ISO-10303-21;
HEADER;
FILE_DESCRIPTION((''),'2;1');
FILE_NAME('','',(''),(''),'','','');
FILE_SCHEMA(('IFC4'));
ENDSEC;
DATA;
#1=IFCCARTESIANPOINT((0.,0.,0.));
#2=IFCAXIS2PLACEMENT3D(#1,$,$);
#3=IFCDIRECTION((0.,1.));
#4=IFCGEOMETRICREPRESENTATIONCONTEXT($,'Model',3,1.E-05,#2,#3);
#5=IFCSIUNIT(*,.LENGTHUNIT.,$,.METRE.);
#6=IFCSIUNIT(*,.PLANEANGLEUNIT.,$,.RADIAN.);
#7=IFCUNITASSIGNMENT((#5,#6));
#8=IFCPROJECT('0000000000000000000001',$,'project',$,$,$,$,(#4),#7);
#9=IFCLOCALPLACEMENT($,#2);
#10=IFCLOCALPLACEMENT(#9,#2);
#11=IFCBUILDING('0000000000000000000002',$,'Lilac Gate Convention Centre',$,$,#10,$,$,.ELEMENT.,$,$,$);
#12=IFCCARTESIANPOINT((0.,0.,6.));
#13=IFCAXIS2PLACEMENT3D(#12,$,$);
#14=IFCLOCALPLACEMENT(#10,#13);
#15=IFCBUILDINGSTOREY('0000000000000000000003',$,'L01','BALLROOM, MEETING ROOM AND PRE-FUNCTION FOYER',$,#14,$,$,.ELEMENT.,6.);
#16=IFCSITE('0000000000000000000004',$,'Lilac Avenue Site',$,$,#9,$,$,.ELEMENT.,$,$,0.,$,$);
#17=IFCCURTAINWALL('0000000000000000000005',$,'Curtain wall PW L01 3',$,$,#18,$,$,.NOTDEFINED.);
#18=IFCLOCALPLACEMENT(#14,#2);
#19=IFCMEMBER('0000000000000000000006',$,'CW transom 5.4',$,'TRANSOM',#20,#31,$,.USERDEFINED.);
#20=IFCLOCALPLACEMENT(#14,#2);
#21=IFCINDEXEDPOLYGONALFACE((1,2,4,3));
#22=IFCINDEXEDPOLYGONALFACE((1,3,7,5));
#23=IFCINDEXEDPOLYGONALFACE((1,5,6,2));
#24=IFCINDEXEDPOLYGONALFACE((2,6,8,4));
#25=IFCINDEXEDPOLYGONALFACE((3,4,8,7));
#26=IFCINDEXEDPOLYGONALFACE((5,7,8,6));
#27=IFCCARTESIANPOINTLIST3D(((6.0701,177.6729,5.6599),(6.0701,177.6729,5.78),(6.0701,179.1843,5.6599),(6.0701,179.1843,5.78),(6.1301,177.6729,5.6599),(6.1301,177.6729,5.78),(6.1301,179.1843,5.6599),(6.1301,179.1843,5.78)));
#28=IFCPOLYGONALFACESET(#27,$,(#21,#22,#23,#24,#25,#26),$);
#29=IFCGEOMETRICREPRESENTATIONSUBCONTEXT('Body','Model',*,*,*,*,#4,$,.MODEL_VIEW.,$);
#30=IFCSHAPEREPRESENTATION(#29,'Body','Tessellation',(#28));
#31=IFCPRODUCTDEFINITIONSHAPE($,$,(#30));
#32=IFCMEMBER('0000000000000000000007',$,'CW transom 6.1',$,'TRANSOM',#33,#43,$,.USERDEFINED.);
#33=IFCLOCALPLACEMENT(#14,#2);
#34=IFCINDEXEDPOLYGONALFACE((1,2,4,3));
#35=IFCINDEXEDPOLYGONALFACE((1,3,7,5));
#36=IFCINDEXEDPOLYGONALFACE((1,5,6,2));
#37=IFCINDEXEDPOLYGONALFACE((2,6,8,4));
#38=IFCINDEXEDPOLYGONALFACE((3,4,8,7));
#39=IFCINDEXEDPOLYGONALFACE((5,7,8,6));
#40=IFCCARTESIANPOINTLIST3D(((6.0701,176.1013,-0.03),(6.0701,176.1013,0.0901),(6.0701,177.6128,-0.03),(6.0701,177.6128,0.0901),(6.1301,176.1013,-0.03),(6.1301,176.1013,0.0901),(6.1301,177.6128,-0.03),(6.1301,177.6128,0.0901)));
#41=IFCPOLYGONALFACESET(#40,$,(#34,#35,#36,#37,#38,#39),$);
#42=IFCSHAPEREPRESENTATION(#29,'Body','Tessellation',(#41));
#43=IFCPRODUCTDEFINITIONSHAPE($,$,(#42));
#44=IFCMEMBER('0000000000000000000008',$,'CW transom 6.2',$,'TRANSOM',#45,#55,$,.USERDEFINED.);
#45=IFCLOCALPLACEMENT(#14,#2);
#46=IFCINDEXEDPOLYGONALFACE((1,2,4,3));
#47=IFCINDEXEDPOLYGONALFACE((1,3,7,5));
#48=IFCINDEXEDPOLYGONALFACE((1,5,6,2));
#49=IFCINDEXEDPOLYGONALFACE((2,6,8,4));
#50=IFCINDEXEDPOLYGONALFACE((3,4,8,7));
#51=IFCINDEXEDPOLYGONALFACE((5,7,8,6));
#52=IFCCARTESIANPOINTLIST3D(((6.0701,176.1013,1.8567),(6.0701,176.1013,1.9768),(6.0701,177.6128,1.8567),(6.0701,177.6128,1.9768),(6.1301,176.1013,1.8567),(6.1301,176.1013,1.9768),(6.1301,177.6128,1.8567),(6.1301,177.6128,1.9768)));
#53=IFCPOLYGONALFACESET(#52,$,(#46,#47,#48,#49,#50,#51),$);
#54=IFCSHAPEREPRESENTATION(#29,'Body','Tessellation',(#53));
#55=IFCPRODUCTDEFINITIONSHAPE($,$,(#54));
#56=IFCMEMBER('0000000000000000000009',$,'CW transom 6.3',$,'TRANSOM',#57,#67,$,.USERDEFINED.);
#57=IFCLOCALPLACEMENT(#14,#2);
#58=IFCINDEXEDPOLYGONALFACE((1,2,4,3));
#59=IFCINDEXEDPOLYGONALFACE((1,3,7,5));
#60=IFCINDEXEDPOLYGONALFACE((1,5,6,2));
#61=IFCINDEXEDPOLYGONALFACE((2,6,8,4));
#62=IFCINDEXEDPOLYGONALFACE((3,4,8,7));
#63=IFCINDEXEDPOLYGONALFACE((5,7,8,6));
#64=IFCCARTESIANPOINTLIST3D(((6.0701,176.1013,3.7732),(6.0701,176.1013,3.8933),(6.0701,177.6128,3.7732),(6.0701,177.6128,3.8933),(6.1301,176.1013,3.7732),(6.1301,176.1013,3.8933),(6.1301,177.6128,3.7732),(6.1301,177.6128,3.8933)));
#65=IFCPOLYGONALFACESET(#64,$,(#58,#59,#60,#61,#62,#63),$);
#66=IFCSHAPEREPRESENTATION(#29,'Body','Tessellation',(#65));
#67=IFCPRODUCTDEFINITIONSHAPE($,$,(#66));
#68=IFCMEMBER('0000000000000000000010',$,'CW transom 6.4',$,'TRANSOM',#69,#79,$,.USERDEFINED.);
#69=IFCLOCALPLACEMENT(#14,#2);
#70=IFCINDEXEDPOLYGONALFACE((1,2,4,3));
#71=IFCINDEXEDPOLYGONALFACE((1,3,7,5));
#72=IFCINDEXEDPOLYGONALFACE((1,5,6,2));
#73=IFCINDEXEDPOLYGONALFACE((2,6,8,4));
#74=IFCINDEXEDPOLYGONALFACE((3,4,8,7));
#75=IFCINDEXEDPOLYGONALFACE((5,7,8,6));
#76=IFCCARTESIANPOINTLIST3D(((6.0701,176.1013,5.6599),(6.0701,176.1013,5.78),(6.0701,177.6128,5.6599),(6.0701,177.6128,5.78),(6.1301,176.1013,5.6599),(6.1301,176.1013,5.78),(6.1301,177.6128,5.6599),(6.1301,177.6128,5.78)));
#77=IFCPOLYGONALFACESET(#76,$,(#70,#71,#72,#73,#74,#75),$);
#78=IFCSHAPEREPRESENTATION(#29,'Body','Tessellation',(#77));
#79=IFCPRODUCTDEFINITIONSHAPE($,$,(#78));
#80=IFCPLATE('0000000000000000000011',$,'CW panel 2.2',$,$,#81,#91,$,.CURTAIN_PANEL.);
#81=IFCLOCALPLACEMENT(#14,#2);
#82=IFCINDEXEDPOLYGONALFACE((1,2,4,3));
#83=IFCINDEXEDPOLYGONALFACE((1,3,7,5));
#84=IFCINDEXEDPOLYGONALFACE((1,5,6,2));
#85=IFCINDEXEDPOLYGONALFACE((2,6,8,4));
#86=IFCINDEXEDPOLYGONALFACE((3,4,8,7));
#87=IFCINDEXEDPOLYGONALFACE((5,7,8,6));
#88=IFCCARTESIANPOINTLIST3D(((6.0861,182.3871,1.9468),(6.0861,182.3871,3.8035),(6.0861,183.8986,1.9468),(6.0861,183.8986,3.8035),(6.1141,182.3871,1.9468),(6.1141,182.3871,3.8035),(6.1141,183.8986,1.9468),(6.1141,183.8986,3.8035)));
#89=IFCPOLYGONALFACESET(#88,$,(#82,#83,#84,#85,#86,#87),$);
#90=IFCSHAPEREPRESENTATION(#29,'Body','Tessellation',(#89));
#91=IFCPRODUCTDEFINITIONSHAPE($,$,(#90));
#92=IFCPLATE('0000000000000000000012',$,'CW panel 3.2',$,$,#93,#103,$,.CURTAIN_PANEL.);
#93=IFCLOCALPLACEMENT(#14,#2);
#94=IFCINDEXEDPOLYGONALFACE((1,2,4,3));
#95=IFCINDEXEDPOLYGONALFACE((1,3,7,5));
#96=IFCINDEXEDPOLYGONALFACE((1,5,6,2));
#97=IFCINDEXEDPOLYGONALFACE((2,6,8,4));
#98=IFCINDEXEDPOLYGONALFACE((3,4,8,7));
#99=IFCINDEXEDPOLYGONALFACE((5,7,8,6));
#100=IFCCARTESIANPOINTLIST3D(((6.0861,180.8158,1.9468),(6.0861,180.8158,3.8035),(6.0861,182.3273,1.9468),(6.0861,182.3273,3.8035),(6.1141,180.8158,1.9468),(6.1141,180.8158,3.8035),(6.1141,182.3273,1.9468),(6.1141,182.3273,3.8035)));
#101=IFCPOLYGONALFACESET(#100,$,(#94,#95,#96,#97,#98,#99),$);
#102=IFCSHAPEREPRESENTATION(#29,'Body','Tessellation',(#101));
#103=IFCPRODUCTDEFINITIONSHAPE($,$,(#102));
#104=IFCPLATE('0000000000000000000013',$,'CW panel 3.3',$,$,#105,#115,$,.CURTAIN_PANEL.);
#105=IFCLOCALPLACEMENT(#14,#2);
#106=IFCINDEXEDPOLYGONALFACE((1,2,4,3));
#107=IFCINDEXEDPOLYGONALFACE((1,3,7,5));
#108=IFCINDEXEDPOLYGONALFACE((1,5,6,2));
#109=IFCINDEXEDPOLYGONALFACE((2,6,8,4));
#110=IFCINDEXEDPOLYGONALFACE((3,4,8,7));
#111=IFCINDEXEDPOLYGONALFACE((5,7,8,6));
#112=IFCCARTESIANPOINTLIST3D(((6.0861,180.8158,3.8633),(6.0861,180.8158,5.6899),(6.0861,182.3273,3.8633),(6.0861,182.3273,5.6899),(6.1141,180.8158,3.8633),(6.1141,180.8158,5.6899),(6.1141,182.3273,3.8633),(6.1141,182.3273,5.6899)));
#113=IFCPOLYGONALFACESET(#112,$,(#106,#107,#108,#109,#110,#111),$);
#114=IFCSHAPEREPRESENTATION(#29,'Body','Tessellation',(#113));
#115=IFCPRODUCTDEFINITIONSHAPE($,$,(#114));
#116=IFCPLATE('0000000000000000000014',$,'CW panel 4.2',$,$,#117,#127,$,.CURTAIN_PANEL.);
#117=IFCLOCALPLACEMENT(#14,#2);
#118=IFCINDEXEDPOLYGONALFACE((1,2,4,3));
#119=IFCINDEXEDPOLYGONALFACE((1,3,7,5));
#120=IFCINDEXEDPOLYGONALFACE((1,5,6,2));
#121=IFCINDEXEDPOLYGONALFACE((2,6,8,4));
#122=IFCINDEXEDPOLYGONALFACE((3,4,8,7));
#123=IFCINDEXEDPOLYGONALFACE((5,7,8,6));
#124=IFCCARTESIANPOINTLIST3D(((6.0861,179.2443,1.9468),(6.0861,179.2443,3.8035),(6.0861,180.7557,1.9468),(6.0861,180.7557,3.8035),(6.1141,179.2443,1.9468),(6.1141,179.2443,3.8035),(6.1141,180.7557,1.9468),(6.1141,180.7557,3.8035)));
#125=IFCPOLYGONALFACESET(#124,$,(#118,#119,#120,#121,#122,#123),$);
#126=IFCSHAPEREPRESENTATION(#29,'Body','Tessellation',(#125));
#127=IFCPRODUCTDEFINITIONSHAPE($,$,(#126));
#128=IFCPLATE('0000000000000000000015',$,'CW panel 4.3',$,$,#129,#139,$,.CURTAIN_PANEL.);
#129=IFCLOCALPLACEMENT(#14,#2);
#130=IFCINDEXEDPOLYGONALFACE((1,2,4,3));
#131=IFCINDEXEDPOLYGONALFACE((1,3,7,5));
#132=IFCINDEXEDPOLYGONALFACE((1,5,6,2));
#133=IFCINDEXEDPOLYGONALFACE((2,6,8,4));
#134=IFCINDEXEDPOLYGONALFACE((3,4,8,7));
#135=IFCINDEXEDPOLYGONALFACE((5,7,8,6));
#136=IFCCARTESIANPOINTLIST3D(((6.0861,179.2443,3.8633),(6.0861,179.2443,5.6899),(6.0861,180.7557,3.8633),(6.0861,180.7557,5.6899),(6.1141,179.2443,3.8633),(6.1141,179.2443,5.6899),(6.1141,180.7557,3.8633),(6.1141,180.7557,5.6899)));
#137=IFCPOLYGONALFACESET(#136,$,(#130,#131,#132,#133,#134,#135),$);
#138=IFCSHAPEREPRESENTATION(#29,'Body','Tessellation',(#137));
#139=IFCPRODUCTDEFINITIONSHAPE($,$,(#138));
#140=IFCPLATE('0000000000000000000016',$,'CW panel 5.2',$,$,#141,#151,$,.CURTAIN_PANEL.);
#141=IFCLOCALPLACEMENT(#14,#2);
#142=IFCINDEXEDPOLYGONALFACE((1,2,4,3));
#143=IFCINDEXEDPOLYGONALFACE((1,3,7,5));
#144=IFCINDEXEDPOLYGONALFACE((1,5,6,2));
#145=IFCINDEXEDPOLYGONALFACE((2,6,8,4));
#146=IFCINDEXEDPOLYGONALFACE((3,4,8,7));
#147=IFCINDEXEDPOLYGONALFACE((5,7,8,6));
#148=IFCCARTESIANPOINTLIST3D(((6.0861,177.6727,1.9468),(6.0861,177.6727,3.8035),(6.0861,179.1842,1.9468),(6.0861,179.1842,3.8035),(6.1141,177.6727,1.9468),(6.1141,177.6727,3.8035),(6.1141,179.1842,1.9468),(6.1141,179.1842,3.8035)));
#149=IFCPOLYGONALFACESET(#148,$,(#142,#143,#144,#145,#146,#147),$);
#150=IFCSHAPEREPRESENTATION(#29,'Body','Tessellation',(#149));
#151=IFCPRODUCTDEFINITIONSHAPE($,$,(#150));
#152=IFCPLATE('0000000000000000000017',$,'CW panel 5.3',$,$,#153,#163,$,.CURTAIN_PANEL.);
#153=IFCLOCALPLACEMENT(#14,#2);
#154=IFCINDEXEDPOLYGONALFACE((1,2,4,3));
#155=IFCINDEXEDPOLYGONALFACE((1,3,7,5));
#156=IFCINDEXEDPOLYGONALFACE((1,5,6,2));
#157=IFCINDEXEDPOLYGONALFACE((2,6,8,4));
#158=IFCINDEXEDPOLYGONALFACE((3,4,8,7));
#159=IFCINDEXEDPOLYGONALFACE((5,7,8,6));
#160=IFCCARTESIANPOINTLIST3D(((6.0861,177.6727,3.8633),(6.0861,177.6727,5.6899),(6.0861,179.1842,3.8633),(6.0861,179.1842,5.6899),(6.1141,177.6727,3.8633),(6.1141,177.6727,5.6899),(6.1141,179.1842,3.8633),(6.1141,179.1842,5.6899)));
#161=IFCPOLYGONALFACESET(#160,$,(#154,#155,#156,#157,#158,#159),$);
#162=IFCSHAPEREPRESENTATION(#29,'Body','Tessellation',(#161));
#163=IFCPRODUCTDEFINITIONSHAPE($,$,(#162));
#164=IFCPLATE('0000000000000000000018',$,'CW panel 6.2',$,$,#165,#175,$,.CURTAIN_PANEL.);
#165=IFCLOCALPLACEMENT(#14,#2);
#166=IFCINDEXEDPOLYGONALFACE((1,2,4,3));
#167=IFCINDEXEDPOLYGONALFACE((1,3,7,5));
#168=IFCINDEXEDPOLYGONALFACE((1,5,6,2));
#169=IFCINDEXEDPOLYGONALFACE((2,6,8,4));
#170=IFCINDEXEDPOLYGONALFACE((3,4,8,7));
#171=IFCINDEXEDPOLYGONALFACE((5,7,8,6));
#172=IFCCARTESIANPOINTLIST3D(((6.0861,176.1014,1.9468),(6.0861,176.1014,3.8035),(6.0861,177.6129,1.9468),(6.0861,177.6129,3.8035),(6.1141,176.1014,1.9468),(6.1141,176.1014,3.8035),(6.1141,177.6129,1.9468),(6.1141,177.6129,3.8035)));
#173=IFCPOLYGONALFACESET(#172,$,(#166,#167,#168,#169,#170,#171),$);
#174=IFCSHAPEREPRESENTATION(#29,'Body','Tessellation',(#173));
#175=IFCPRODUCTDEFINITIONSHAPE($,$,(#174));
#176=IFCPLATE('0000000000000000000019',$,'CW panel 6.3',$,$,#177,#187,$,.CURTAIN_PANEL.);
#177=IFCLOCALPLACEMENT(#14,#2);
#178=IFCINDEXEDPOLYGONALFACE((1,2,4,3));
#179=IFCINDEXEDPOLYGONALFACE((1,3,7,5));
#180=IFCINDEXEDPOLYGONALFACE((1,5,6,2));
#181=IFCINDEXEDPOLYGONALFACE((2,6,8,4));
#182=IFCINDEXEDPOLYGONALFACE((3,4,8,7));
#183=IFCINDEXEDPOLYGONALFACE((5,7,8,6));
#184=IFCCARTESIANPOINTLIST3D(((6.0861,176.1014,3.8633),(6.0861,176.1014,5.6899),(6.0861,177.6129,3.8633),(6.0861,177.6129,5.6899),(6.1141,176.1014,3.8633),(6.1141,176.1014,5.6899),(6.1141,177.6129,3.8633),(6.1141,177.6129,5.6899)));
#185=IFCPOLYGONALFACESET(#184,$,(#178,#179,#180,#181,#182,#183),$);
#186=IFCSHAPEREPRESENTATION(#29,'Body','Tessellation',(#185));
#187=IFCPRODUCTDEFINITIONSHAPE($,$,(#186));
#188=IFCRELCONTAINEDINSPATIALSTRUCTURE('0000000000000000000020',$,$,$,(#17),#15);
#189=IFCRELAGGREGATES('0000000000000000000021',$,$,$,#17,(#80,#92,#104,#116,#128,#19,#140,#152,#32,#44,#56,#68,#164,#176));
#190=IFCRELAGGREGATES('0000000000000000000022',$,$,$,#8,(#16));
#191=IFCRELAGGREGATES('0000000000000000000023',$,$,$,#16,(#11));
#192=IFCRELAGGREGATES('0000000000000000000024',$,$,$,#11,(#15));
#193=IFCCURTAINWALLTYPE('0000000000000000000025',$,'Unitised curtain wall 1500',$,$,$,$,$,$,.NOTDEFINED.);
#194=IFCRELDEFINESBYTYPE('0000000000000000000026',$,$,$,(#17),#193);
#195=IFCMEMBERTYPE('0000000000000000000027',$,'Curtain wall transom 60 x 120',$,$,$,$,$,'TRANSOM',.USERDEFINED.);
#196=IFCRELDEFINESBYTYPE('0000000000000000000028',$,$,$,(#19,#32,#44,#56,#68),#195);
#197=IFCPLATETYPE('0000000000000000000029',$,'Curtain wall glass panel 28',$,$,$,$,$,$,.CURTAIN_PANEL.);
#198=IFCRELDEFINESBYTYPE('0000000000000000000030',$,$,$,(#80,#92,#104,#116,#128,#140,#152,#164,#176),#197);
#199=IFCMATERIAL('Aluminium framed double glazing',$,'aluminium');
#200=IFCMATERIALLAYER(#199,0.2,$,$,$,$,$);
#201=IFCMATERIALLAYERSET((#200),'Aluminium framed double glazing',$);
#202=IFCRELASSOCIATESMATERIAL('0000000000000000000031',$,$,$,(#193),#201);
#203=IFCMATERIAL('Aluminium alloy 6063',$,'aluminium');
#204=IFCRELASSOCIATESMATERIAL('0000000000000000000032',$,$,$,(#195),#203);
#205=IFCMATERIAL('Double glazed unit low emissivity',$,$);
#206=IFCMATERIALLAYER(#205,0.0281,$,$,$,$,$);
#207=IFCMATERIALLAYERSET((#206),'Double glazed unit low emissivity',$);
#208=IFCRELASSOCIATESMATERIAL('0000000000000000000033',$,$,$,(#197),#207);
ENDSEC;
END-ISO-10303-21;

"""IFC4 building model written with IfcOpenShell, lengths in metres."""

from ifc_helpers import new_model, si_unit, direction, frame, origin, origin_2d, place, context, subcontext, project, spatial, rectangle, extrude, material, layer, layer_set, material_profile, profile_set, type_object, element, aggregate, save


model = new_model("IFC4")

# Units and contexts
model_context = context("Model", 3, precision=1e-05, world=origin(), true_north=direction((0.0, 1.0)))
body_context = subcontext(model_context, "Body", "Model", "MODEL_VIEW")
ifc_project = project(units=[si_unit("LENGTHUNIT", "METRE"), si_unit("PLANEANGLEUNIT", "RADIAN")], contexts=[model_context])

# Site, building, storey
site_placement = place(None, origin())
site = spatial("IfcSite", under=ifc_project, at=site_placement, Name="Lilac Avenue Site", CompositionType="ELEMENT", RefElevation=0.0)
building_placement = place(site_placement, origin())
building = spatial("IfcBuilding", under=site, at=building_placement, Name="Lilac Gate Convention Centre", CompositionType="ELEMENT")
storey_placement = place(building_placement, frame((0.0, 0.0, 6.0)))
storey = spatial("IfcBuildingStorey", under=building, at=storey_placement, Name="L01", Description="BALLROOM, MEETING ROOM AND PRE-FUNCTION FOYER", CompositionType="ELEMENT", Elevation=6.0)

# Curtain wall, members, plates
ifc_material_1 = material(Name="Aluminium framed double glazing", Category="aluminium")
ifc_layer_1 = layer(ifc_material_1, 0.2)
ifc_layer_set_1 = layer_set([ifc_layer_1], Name="Aluminium framed double glazing")
curtain_wall_type = type_object("IfcCurtainWallType", Name="Unitised curtain wall 1500", PredefinedType="NOTDEFINED", material=ifc_layer_set_1)
curtain_wall_placement = place(storey_placement, origin())
curtain_wall = element("IfcCurtainWall", 1, at=curtain_wall_placement, inside=storey, type_object=curtain_wall_type, Name="Curtain wall PW L01 3", PredefinedType="NOTDEFINED")
ifc_material_2 = material(Name="Aluminium alloy 6063", Category="aluminium")
ifc_material_profile_1 = material_profile(ifc_material_2, rectangle(XDim=0.0601, YDim=0.1201, at=origin_2d()), Name="Curtain wall transom 60 x 120")
ifc_profile_set_1 = profile_set([ifc_material_profile_1], Name="Aluminium alloy 6063")
member_type_1 = type_object("IfcMemberType", Name="Curtain wall transom 60 x 120", ElementType="TRANSOM", PredefinedType="USERDEFINED", material=ifc_profile_set_1)
member_1_placement = place(storey_placement, frame((6.1001, 179.1843, 5.72), z_axis=(0.0, -1.0, 0.0), x_axis=(1.0, 0.0, 0.0)))
member_1 = element("IfcMember", 2, at=member_1_placement, type_object=member_type_1, Name="CW transom 5.4", ObjectType="TRANSOM", PredefinedType="USERDEFINED", context=body_context, shape_type="SweptSolid", body=[
    extrude(rectangle(XDim=0.0601, YDim=0.1201, at=origin_2d()), origin(), (0.0, 0.0, 1.0), 1.5115),
])
member_2_placement = place(storey_placement, frame((6.1001, 177.6128, 0.03), z_axis=(0.0, -1.0, 0.0), x_axis=(1.0, 0.0, 0.0)))
member_2 = element("IfcMember", 3, at=member_2_placement, type_object=member_type_1, Name="CW transom 6.1", ObjectType="TRANSOM", PredefinedType="USERDEFINED", context=body_context, shape_type="SweptSolid", body=[
    extrude(rectangle(XDim=0.0601, YDim=0.1201, at=origin_2d()), origin(), (0.0, 0.0, 1.0), 1.5115),
])
member_3_placement = place(storey_placement, frame((6.1001, 177.6128, 1.9167), z_axis=(0.0, -1.0, 0.0), x_axis=(1.0, 0.0, 0.0)))
member_3 = element("IfcMember", 4, at=member_3_placement, type_object=member_type_1, Name="CW transom 6.2", ObjectType="TRANSOM", PredefinedType="USERDEFINED", context=body_context, shape_type="SweptSolid", body=[
    extrude(rectangle(XDim=0.0601, YDim=0.1201, at=origin_2d()), origin(), (0.0, 0.0, 1.0), 1.5115),
])
member_4_placement = place(storey_placement, frame((6.1001, 177.6128, 3.8333), z_axis=(0.0, -1.0, 0.0), x_axis=(1.0, 0.0, 0.0)))
member_4 = element("IfcMember", 5, at=member_4_placement, type_object=member_type_1, Name="CW transom 6.3", ObjectType="TRANSOM", PredefinedType="USERDEFINED", context=body_context, shape_type="SweptSolid", body=[
    extrude(rectangle(XDim=0.0601, YDim=0.1201, at=origin_2d()), origin(), (0.0, 0.0, 1.0), 1.5115),
])
member_5_placement = place(storey_placement, frame((6.1001, 177.6128, 5.72), z_axis=(0.0, -1.0, 0.0), x_axis=(1.0, 0.0, 0.0)))
member_5 = element("IfcMember", 6, at=member_5_placement, type_object=member_type_1, Name="CW transom 6.4", ObjectType="TRANSOM", PredefinedType="USERDEFINED", context=body_context, shape_type="SweptSolid", body=[
    extrude(rectangle(XDim=0.0601, YDim=0.1201, at=origin_2d()), origin(), (0.0, 0.0, 1.0), 1.5115),
])
ifc_material_3 = material(Name="Double glazed unit low emissivity")
ifc_layer_2 = layer(ifc_material_3, 0.0281)
ifc_layer_set_2 = layer_set([ifc_layer_2], Name="Double glazed unit low emissivity")
plate_type_1 = type_object("IfcPlateType", Name="Curtain wall glass panel 28", PredefinedType="CURTAIN_PANEL", material=ifc_layer_set_2)
plate_1_placement = place(storey_placement, frame((6.1001, 183.1428, 1.9468), z_axis=(0.0, 0.0, 1.0), x_axis=(0.0, -1.0, 0.0)))
plate_1 = element("IfcPlate", 7, at=plate_1_placement, type_object=plate_type_1, Name="CW panel 2.2", PredefinedType="CURTAIN_PANEL", context=body_context, shape_type="SweptSolid", body=[
    extrude(rectangle(XDim=1.5115, YDim=0.0281, at=origin_2d()), origin(), (0.0, 0.0, 1.0), 1.8567),
])
plate_2_placement = place(storey_placement, frame((6.1001, 181.5715, 1.9468), z_axis=(0.0, 0.0, 1.0), x_axis=(0.0, -1.0, 0.0)))
plate_2 = element("IfcPlate", 8, at=plate_2_placement, type_object=plate_type_1, Name="CW panel 3.2", PredefinedType="CURTAIN_PANEL", context=body_context, shape_type="SweptSolid", body=[
    extrude(rectangle(XDim=1.5115, YDim=0.0281, at=origin_2d()), origin(), (0.0, 0.0, 1.0), 1.8567),
])
plate_3_placement = place(storey_placement, frame((6.1001, 181.5715, 3.8633), z_axis=(0.0, 0.0, 1.0), x_axis=(0.0, -1.0, 0.0)))
plate_3 = element("IfcPlate", 9, at=plate_3_placement, type_object=plate_type_1, Name="CW panel 3.3", PredefinedType="CURTAIN_PANEL", context=body_context, shape_type="SweptSolid", body=[
    extrude(rectangle(XDim=1.5115, YDim=0.0281, at=origin_2d()), origin(), (0.0, 0.0, 1.0), 1.8267),
])
plate_4_placement = place(storey_placement, frame((6.1001, 180.0, 1.9468), z_axis=(0.0, 0.0, 1.0), x_axis=(0.0, -1.0, 0.0)))
plate_4 = element("IfcPlate", 10, at=plate_4_placement, type_object=plate_type_1, Name="CW panel 4.2", PredefinedType="CURTAIN_PANEL", context=body_context, shape_type="SweptSolid", body=[
    extrude(rectangle(XDim=1.5115, YDim=0.0281, at=origin_2d()), origin(), (0.0, 0.0, 1.0), 1.8567),
])
plate_5_placement = place(storey_placement, frame((6.1001, 180.0, 3.8633), z_axis=(0.0, 0.0, 1.0), x_axis=(0.0, -1.0, 0.0)))
plate_5 = element("IfcPlate", 11, at=plate_5_placement, type_object=plate_type_1, Name="CW panel 4.3", PredefinedType="CURTAIN_PANEL", context=body_context, shape_type="SweptSolid", body=[
    extrude(rectangle(XDim=1.5115, YDim=0.0281, at=origin_2d()), origin(), (0.0, 0.0, 1.0), 1.8267),
])
plate_6_placement = place(storey_placement, frame((6.1001, 178.4285, 1.9468), z_axis=(0.0, 0.0, 1.0), x_axis=(0.0, -1.0, 0.0)))
plate_6 = element("IfcPlate", 12, at=plate_6_placement, type_object=plate_type_1, Name="CW panel 5.2", PredefinedType="CURTAIN_PANEL", context=body_context, shape_type="SweptSolid", body=[
    extrude(rectangle(XDim=1.5115, YDim=0.0281, at=origin_2d()), origin(), (0.0, 0.0, 1.0), 1.8567),
])
plate_7_placement = place(storey_placement, frame((6.1001, 178.4285, 3.8633), z_axis=(0.0, 0.0, 1.0), x_axis=(0.0, -1.0, 0.0)))
plate_7 = element("IfcPlate", 13, at=plate_7_placement, type_object=plate_type_1, Name="CW panel 5.3", PredefinedType="CURTAIN_PANEL", context=body_context, shape_type="SweptSolid", body=[
    extrude(rectangle(XDim=1.5115, YDim=0.0281, at=origin_2d()), origin(), (0.0, 0.0, 1.0), 1.8267),
])
plate_8_placement = place(storey_placement, frame((6.1001, 176.8572, 1.9468), z_axis=(0.0, 0.0, 1.0), x_axis=(0.0, -1.0, 0.0)))
plate_8 = element("IfcPlate", 14, at=plate_8_placement, type_object=plate_type_1, Name="CW panel 6.2", PredefinedType="CURTAIN_PANEL", context=body_context, shape_type="SweptSolid", body=[
    extrude(rectangle(XDim=1.5115, YDim=0.0281, at=origin_2d()), origin(), (0.0, 0.0, 1.0), 1.8567),
])
plate_9_placement = place(storey_placement, frame((6.1001, 176.8572, 3.8633), z_axis=(0.0, 0.0, 1.0), x_axis=(0.0, -1.0, 0.0)))
plate_9 = element("IfcPlate", 15, at=plate_9_placement, type_object=plate_type_1, Name="CW panel 6.3", PredefinedType="CURTAIN_PANEL", context=body_context, shape_type="SweptSolid", body=[
    extrude(rectangle(XDim=1.5115, YDim=0.0281, at=origin_2d()), origin(), (0.0, 0.0, 1.0), 1.8267),
])
aggregate(curtain_wall, [plate_1, plate_2, plate_3, plate_4, plate_5, member_1, plate_6, plate_7, member_2, member_3, member_4, member_5, plate_8, plate_9])

save(model, "model.ifc")
